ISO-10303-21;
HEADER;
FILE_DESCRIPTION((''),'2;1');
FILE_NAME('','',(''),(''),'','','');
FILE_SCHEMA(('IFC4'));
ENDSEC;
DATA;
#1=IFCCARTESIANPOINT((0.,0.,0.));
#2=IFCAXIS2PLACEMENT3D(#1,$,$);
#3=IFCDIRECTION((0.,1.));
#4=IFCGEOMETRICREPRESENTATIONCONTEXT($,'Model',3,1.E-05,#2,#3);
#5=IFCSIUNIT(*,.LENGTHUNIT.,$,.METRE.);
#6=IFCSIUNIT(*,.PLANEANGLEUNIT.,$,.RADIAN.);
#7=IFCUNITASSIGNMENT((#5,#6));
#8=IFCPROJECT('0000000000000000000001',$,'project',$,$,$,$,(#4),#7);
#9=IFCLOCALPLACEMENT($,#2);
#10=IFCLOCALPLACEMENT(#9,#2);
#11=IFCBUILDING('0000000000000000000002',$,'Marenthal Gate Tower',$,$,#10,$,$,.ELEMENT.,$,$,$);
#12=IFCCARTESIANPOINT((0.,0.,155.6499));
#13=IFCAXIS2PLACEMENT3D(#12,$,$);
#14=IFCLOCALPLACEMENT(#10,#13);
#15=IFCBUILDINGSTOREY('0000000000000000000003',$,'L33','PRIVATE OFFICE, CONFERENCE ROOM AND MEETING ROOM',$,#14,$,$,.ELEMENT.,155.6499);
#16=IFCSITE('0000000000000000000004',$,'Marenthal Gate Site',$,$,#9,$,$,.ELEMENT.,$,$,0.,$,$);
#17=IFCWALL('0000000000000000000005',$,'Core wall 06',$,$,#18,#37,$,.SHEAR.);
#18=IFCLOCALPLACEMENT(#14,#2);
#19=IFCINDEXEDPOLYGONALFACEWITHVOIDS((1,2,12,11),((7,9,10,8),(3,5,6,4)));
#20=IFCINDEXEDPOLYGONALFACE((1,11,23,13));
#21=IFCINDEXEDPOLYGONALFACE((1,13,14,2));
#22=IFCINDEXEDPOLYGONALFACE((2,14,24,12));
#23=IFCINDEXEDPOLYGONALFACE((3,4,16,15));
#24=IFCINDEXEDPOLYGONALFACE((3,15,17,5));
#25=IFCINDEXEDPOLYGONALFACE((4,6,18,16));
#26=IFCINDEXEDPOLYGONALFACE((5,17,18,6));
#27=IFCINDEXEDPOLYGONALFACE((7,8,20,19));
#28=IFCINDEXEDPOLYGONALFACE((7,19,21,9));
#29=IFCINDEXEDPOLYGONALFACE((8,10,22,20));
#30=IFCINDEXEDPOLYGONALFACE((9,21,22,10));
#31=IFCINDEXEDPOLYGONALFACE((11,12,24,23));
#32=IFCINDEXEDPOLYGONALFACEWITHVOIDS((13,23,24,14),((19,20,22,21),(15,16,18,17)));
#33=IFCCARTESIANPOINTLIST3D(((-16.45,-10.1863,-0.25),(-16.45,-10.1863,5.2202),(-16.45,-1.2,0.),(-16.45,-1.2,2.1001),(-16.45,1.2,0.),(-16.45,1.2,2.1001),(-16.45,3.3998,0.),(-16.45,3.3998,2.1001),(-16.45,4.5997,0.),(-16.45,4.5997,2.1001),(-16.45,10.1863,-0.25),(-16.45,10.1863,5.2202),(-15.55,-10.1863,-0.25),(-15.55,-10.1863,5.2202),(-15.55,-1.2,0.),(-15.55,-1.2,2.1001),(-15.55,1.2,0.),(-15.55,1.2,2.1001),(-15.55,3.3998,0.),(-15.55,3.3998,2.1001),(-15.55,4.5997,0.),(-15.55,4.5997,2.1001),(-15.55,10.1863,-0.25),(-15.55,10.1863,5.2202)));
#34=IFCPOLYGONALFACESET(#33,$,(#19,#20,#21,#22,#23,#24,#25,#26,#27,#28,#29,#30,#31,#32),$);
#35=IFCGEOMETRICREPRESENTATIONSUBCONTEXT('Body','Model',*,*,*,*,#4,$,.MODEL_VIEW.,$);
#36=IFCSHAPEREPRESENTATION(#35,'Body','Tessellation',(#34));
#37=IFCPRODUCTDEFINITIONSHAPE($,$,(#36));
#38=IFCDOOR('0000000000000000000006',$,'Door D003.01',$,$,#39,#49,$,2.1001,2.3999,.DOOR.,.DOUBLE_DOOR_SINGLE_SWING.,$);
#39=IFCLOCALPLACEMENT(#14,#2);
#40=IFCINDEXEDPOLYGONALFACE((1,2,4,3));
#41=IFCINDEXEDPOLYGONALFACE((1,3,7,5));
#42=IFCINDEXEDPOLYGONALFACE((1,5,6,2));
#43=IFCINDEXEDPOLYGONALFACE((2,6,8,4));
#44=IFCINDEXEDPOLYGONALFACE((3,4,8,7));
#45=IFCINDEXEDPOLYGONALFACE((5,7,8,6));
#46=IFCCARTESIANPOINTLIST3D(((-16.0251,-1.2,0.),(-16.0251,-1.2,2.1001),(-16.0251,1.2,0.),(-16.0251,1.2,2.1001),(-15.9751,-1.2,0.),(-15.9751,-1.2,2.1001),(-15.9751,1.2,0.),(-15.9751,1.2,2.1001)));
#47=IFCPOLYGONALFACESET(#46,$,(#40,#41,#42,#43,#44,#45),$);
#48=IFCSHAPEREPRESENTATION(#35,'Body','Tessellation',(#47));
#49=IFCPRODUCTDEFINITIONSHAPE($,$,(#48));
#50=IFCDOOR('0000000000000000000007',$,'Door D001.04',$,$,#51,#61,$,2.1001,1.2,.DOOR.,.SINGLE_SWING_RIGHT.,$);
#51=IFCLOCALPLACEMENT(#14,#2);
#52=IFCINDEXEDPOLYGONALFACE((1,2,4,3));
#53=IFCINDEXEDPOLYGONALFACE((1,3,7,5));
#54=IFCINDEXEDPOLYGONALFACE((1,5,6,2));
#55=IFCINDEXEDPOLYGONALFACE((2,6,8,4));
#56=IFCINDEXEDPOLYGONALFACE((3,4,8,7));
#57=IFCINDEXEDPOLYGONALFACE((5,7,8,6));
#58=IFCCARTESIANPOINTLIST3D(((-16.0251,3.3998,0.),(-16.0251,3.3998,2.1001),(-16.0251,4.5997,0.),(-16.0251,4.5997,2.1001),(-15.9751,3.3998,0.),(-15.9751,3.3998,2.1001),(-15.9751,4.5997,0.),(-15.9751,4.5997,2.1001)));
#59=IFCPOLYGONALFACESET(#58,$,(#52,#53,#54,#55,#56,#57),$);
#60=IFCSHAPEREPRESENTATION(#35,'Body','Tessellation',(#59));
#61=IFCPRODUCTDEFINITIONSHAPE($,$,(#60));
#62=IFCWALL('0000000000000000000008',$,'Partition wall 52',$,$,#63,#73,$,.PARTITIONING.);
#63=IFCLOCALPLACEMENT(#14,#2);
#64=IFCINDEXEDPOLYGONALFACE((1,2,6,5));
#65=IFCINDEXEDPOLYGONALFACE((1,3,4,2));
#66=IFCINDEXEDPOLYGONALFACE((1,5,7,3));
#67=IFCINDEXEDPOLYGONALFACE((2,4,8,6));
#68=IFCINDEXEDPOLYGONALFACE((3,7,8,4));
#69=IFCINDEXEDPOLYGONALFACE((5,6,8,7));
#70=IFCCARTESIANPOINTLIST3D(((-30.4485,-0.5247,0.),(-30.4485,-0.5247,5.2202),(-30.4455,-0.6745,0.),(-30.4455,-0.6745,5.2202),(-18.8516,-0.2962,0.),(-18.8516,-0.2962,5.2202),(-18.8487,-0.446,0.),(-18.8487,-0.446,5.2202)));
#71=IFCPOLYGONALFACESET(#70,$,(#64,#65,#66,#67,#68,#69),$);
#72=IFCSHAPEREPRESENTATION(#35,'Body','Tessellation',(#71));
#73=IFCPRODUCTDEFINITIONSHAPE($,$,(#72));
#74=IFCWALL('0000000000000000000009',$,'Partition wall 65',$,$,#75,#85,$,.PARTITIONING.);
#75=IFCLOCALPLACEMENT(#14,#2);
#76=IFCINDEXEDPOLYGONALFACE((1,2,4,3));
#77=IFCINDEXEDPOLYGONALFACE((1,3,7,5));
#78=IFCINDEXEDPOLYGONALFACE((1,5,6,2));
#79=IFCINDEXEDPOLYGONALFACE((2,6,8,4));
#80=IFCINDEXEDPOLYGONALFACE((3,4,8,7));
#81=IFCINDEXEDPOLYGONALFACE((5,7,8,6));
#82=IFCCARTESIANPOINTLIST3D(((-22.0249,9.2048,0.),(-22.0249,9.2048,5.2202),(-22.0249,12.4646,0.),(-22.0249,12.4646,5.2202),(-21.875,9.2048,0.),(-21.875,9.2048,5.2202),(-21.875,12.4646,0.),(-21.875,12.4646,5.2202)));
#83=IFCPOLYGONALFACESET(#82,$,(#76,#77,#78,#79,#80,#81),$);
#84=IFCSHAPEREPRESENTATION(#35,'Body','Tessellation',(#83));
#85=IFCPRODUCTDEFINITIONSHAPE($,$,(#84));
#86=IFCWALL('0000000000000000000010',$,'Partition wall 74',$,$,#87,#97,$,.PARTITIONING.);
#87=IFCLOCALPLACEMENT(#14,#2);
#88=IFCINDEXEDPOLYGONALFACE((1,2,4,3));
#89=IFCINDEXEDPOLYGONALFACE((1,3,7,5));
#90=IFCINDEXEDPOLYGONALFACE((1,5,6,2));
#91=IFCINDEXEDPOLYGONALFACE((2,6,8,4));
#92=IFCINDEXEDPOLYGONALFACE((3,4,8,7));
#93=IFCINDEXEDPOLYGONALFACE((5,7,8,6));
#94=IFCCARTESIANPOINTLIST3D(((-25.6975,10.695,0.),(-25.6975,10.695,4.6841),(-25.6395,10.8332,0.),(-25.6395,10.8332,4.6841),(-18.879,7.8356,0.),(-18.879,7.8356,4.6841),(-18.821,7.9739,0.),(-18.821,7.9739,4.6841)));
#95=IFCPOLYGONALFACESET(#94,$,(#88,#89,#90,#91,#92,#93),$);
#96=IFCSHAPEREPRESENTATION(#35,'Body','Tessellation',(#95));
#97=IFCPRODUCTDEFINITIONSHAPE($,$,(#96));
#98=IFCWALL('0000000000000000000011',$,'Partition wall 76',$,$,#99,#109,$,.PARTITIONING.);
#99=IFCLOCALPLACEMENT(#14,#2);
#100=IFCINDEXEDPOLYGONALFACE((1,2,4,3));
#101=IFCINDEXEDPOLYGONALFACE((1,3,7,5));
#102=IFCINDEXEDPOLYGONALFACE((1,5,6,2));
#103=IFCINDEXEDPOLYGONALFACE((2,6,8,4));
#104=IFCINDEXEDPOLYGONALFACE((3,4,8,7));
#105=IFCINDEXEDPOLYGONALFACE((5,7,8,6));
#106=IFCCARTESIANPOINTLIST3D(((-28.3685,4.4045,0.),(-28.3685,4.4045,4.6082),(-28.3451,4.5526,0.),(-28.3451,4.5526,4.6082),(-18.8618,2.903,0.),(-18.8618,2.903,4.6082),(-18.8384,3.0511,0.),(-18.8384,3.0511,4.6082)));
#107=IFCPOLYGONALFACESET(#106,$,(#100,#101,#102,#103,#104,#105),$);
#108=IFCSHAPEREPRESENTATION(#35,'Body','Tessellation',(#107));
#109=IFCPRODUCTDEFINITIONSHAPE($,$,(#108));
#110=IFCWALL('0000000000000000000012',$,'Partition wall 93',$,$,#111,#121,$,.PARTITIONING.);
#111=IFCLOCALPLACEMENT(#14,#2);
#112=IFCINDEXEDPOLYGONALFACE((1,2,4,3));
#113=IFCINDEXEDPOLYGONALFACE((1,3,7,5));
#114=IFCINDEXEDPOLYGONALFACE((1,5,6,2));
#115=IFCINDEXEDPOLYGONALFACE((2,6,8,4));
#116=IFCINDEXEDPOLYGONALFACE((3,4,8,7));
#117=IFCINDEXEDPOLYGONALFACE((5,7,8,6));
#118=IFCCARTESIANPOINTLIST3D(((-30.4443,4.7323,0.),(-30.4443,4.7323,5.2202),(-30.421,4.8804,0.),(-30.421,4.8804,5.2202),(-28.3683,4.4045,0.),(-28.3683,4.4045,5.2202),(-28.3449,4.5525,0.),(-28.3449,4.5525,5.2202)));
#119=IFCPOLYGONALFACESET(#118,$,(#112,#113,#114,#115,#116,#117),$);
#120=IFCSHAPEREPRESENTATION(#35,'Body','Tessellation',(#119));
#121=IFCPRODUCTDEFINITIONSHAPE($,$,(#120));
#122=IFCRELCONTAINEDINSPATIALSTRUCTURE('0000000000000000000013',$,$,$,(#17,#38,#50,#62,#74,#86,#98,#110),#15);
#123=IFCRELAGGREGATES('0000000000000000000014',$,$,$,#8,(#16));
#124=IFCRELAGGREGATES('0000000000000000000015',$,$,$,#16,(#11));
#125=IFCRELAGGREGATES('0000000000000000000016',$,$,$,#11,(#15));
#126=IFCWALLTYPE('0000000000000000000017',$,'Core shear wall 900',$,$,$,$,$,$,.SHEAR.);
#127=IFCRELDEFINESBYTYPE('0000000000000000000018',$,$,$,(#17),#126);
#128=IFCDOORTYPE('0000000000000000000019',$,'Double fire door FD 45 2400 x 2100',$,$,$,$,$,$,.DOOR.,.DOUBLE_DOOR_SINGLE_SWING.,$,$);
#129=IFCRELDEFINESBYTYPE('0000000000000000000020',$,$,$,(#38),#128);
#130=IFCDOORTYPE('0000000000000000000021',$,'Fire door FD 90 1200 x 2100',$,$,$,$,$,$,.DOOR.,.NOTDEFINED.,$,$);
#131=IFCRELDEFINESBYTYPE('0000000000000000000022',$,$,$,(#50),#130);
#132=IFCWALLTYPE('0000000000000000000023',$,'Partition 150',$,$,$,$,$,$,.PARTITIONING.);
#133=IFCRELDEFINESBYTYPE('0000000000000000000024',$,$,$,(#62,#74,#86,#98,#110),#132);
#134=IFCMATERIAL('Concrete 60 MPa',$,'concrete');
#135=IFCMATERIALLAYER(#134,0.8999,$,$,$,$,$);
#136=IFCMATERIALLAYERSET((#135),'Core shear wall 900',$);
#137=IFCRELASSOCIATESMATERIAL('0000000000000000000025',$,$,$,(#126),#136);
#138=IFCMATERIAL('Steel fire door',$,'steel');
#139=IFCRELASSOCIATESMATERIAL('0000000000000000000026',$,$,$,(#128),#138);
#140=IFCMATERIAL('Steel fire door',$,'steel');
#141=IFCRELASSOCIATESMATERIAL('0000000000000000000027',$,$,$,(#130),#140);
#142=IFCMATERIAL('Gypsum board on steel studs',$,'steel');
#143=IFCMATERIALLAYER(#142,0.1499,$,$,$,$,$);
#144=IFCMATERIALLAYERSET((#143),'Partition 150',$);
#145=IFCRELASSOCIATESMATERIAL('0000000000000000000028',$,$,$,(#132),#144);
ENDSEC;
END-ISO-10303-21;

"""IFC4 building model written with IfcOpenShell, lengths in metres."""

from ifc_helpers import new_model, si_unit, direction, frame, frame_2d, origin, place, context, subcontext, project, spatial, rectangle, extrude, material, layer, layer_set, type_object, element, fill, save


model = new_model("IFC4")

# Units and contexts
model_context = context("Model", 3, precision=1e-05, world=origin(), true_north=direction((0.0, 1.0)))
body_context = subcontext(model_context, "Body", "Model", "MODEL_VIEW")
ifc_project = project(units=[si_unit("LENGTHUNIT", "METRE"), si_unit("PLANEANGLEUNIT", "RADIAN")], contexts=[model_context])

# Site, building, storey
site_placement = place(None, origin())
site = spatial("IfcSite", under=ifc_project, at=site_placement, Name="Marenthal Gate Site", CompositionType="ELEMENT", RefElevation=0.0)
building_placement = place(site_placement, origin())
building = spatial("IfcBuilding", under=site, at=building_placement, Name="Marenthal Gate Tower", CompositionType="ELEMENT")
storey_placement = place(building_placement, frame((0.0, 0.0, 155.6499)))
storey = spatial("IfcBuildingStorey", under=building, at=storey_placement, Name="L33", Description="PRIVATE OFFICE, CONFERENCE ROOM AND MEETING ROOM", CompositionType="ELEMENT", Elevation=155.6499)

# Wall, openings, doors
ifc_material_1 = material(Name="Concrete 60 MPa", Category="concrete")
ifc_layer_1 = layer(ifc_material_1, 0.8999)
ifc_layer_set_1 = layer_set([ifc_layer_1], Name="Core shear wall 900")
wall_type_1 = type_object("IfcWallType", Name="Core shear wall 900", PredefinedType="SHEAR", material=ifc_layer_set_1)
wall_1_placement = place(storey_placement, frame((-16.0, 10.1863, -0.25), z_axis=(0.0, 0.0, 1.0), x_axis=(0.0, -1.0, 0.0)))
wall_1 = element("IfcWall", 1, at=wall_1_placement, inside=storey, type_object=wall_type_1, Name="Core wall 06", PredefinedType="SHEAR", context=body_context, shape_type="SweptSolid", body=[
    extrude(rectangle(XDim=20.3726, YDim=0.8999, at=frame_2d((10.1863, 0.0))), origin(), (0.0, 0.0, 1.0), 5.4702),
])
opening_1_placement = place(wall_1_placement, frame((8.9863, 0.0, 0.25)))
opening_1 = element("IfcOpeningElement", 2, at=opening_1_placement, cuts=wall_1, PredefinedType="OPENING", context=body_context, shape_type="SweptSolid", body=[
    extrude(rectangle(XDim=2.3999, YDim=2.1001, at=frame_2d((1.2, 1.05))), frame((0.0, 0.46, 0.0), z_axis=(0.0, -1.0, 0.0), x_axis=(1.0, 0.0, 0.0)), (0.0, 0.0, 1.0), 0.9199),
])
opening_2_placement = place(wall_1_placement, frame((5.5864, 0.0, 0.25)))
opening_2 = element("IfcOpeningElement", 3, at=opening_2_placement, cuts=wall_1, PredefinedType="OPENING", context=body_context, shape_type="SweptSolid", body=[
    extrude(rectangle(XDim=1.2, YDim=2.1001, at=frame_2d((0.6001, 1.05))), frame((0.0, 0.46, 0.0), z_axis=(0.0, -1.0, 0.0), x_axis=(1.0, 0.0, 0.0)), (0.0, 0.0, 1.0), 0.9199),
])
ifc_material_2 = material(Name="Steel fire door", Category="steel")
door_type_1 = type_object("IfcDoorType", Name="Double fire door FD 45 2400 x 2100", OperationType="DOUBLE_DOOR_SINGLE_SWING", PredefinedType="DOOR", material=ifc_material_2)
door_1_placement = place(opening_1_placement, origin())
door_1 = element("IfcDoor", 4, at=door_1_placement, inside=storey, type_object=door_type_1, Name="Door D003.01", OperationType="DOUBLE_DOOR_SINGLE_SWING", OverallHeight=2.1001, OverallWidth=2.3999, PredefinedType="DOOR", context=body_context, shape_type="SweptSolid", body=[
    extrude(rectangle(XDim=2.3999, YDim=2.1001, at=frame_2d((1.2, 1.05))), frame((0.0, 0.0249, 0.0), z_axis=(0.0, -1.0, 0.0), x_axis=(1.0, 0.0, 0.0)), (0.0, 0.0, 1.0), 0.05),
])
fill(opening_1, door_1)
ifc_material_3 = material(Name="Steel fire door", Category="steel")
door_type_2 = type_object("IfcDoorType", Name="Fire door FD 90 1200 x 2100", OperationType="NOTDEFINED", PredefinedType="DOOR", material=ifc_material_3)
door_2_placement = place(opening_2_placement, origin())
door_2 = element("IfcDoor", 5, at=door_2_placement, inside=storey, type_object=door_type_2, Name="Door D001.04", OperationType="SINGLE_SWING_RIGHT", OverallHeight=2.1001, OverallWidth=1.2, PredefinedType="DOOR", context=body_context, shape_type="SweptSolid", body=[
    extrude(rectangle(XDim=1.2, YDim=2.1001, at=frame_2d((0.6001, 1.05))), frame((0.0, 0.0249, 0.0), z_axis=(0.0, -1.0, 0.0), x_axis=(1.0, 0.0, 0.0)), (0.0, 0.0, 1.0), 0.05),
])
fill(opening_2, door_2)

# Walls
ifc_material_4 = material(Name="Gypsum board on steel studs", Category="steel")
ifc_layer_2 = layer(ifc_material_4, 0.1499)
ifc_layer_set_2 = layer_set([ifc_layer_2], Name="Partition 150")
wall_type_2 = type_object("IfcWallType", Name="Partition 150", PredefinedType="PARTITIONING", material=ifc_layer_set_2)
wall_2_placement = place(storey_placement, frame((-30.447, -0.5996, 0.0), z_axis=(0.0, 0.0, 1.0), x_axis=(0.999806, 0.019701, 0.0)))
element("IfcWall", 6, at=wall_2_placement, inside=storey, type_object=wall_type_2, Name="Partition wall 52", PredefinedType="PARTITIONING", context=body_context, shape_type="SweptSolid", body=[
    extrude(rectangle(XDim=11.5991, YDim=0.1499, at=frame_2d((5.7996, 0.0))), origin(), (0.0, 0.0, 1.0), 5.2202),
])
wall_3_placement = place(storey_placement, frame((-21.95, 9.2048, 0.0), z_axis=(0.0, 0.0, 1.0), x_axis=(0.0, 1.0, 0.0)))
element("IfcWall", 7, at=wall_3_placement, inside=storey, type_object=wall_type_2, Name="Partition wall 65", PredefinedType="PARTITIONING", context=body_context, shape_type="SweptSolid", body=[
    extrude(rectangle(XDim=3.2598, YDim=0.1499, at=frame_2d((1.6299, 0.0))), origin(), (0.0, 0.0, 1.0), 5.2202),
])
wall_4_placement = place(storey_placement, frame((-18.8501, 7.9048, 0.0), z_axis=(0.0, 0.0, 1.0), x_axis=(-0.922196, 0.386722, 0.0)))
element("IfcWall", 8, at=wall_4_placement, inside=storey, type_object=wall_type_2, Name="Partition wall 74", PredefinedType="PARTITIONING", context=body_context, shape_type="SweptSolid", body=[
    extrude(rectangle(XDim=7.3938, YDim=0.1499, at=frame_2d((3.6968, 0.0))), origin(), (0.0, 0.0, 1.0), 4.6841),
])
wall_5_placement = place(storey_placement, frame((-18.8501, 2.9771, 0.0), z_axis=(0.0, 0.0, 1.0), x_axis=(-0.987756, 0.156006, 0.0)))
element("IfcWall", 9, at=wall_5_placement, inside=storey, type_object=wall_type_2, Name="Partition wall 76", PredefinedType="PARTITIONING", context=body_context, shape_type="SweptSolid", body=[
    extrude(rectangle(XDim=9.6245, YDim=0.1499, at=frame_2d((4.8123, 0.0))), origin(), (0.0, 0.0, 1.0), 4.6082),
])
wall_6_placement = place(storey_placement, frame((-28.3567, 4.4785, 0.0), z_axis=(0.0, 0.0, 1.0), x_axis=(-0.987758, 0.155992, 0.0)))
element("IfcWall", 10, at=wall_6_placement, inside=storey, type_object=wall_type_2, Name="Partition wall 93", PredefinedType="PARTITIONING", context=body_context, shape_type="SweptSolid", body=[
    extrude(rectangle(XDim=2.1018, YDim=0.1499, at=frame_2d((1.0508, 0.0))), origin(), (0.0, 0.0, 1.0), 5.2202),
])

save(model, "model.ifc")
